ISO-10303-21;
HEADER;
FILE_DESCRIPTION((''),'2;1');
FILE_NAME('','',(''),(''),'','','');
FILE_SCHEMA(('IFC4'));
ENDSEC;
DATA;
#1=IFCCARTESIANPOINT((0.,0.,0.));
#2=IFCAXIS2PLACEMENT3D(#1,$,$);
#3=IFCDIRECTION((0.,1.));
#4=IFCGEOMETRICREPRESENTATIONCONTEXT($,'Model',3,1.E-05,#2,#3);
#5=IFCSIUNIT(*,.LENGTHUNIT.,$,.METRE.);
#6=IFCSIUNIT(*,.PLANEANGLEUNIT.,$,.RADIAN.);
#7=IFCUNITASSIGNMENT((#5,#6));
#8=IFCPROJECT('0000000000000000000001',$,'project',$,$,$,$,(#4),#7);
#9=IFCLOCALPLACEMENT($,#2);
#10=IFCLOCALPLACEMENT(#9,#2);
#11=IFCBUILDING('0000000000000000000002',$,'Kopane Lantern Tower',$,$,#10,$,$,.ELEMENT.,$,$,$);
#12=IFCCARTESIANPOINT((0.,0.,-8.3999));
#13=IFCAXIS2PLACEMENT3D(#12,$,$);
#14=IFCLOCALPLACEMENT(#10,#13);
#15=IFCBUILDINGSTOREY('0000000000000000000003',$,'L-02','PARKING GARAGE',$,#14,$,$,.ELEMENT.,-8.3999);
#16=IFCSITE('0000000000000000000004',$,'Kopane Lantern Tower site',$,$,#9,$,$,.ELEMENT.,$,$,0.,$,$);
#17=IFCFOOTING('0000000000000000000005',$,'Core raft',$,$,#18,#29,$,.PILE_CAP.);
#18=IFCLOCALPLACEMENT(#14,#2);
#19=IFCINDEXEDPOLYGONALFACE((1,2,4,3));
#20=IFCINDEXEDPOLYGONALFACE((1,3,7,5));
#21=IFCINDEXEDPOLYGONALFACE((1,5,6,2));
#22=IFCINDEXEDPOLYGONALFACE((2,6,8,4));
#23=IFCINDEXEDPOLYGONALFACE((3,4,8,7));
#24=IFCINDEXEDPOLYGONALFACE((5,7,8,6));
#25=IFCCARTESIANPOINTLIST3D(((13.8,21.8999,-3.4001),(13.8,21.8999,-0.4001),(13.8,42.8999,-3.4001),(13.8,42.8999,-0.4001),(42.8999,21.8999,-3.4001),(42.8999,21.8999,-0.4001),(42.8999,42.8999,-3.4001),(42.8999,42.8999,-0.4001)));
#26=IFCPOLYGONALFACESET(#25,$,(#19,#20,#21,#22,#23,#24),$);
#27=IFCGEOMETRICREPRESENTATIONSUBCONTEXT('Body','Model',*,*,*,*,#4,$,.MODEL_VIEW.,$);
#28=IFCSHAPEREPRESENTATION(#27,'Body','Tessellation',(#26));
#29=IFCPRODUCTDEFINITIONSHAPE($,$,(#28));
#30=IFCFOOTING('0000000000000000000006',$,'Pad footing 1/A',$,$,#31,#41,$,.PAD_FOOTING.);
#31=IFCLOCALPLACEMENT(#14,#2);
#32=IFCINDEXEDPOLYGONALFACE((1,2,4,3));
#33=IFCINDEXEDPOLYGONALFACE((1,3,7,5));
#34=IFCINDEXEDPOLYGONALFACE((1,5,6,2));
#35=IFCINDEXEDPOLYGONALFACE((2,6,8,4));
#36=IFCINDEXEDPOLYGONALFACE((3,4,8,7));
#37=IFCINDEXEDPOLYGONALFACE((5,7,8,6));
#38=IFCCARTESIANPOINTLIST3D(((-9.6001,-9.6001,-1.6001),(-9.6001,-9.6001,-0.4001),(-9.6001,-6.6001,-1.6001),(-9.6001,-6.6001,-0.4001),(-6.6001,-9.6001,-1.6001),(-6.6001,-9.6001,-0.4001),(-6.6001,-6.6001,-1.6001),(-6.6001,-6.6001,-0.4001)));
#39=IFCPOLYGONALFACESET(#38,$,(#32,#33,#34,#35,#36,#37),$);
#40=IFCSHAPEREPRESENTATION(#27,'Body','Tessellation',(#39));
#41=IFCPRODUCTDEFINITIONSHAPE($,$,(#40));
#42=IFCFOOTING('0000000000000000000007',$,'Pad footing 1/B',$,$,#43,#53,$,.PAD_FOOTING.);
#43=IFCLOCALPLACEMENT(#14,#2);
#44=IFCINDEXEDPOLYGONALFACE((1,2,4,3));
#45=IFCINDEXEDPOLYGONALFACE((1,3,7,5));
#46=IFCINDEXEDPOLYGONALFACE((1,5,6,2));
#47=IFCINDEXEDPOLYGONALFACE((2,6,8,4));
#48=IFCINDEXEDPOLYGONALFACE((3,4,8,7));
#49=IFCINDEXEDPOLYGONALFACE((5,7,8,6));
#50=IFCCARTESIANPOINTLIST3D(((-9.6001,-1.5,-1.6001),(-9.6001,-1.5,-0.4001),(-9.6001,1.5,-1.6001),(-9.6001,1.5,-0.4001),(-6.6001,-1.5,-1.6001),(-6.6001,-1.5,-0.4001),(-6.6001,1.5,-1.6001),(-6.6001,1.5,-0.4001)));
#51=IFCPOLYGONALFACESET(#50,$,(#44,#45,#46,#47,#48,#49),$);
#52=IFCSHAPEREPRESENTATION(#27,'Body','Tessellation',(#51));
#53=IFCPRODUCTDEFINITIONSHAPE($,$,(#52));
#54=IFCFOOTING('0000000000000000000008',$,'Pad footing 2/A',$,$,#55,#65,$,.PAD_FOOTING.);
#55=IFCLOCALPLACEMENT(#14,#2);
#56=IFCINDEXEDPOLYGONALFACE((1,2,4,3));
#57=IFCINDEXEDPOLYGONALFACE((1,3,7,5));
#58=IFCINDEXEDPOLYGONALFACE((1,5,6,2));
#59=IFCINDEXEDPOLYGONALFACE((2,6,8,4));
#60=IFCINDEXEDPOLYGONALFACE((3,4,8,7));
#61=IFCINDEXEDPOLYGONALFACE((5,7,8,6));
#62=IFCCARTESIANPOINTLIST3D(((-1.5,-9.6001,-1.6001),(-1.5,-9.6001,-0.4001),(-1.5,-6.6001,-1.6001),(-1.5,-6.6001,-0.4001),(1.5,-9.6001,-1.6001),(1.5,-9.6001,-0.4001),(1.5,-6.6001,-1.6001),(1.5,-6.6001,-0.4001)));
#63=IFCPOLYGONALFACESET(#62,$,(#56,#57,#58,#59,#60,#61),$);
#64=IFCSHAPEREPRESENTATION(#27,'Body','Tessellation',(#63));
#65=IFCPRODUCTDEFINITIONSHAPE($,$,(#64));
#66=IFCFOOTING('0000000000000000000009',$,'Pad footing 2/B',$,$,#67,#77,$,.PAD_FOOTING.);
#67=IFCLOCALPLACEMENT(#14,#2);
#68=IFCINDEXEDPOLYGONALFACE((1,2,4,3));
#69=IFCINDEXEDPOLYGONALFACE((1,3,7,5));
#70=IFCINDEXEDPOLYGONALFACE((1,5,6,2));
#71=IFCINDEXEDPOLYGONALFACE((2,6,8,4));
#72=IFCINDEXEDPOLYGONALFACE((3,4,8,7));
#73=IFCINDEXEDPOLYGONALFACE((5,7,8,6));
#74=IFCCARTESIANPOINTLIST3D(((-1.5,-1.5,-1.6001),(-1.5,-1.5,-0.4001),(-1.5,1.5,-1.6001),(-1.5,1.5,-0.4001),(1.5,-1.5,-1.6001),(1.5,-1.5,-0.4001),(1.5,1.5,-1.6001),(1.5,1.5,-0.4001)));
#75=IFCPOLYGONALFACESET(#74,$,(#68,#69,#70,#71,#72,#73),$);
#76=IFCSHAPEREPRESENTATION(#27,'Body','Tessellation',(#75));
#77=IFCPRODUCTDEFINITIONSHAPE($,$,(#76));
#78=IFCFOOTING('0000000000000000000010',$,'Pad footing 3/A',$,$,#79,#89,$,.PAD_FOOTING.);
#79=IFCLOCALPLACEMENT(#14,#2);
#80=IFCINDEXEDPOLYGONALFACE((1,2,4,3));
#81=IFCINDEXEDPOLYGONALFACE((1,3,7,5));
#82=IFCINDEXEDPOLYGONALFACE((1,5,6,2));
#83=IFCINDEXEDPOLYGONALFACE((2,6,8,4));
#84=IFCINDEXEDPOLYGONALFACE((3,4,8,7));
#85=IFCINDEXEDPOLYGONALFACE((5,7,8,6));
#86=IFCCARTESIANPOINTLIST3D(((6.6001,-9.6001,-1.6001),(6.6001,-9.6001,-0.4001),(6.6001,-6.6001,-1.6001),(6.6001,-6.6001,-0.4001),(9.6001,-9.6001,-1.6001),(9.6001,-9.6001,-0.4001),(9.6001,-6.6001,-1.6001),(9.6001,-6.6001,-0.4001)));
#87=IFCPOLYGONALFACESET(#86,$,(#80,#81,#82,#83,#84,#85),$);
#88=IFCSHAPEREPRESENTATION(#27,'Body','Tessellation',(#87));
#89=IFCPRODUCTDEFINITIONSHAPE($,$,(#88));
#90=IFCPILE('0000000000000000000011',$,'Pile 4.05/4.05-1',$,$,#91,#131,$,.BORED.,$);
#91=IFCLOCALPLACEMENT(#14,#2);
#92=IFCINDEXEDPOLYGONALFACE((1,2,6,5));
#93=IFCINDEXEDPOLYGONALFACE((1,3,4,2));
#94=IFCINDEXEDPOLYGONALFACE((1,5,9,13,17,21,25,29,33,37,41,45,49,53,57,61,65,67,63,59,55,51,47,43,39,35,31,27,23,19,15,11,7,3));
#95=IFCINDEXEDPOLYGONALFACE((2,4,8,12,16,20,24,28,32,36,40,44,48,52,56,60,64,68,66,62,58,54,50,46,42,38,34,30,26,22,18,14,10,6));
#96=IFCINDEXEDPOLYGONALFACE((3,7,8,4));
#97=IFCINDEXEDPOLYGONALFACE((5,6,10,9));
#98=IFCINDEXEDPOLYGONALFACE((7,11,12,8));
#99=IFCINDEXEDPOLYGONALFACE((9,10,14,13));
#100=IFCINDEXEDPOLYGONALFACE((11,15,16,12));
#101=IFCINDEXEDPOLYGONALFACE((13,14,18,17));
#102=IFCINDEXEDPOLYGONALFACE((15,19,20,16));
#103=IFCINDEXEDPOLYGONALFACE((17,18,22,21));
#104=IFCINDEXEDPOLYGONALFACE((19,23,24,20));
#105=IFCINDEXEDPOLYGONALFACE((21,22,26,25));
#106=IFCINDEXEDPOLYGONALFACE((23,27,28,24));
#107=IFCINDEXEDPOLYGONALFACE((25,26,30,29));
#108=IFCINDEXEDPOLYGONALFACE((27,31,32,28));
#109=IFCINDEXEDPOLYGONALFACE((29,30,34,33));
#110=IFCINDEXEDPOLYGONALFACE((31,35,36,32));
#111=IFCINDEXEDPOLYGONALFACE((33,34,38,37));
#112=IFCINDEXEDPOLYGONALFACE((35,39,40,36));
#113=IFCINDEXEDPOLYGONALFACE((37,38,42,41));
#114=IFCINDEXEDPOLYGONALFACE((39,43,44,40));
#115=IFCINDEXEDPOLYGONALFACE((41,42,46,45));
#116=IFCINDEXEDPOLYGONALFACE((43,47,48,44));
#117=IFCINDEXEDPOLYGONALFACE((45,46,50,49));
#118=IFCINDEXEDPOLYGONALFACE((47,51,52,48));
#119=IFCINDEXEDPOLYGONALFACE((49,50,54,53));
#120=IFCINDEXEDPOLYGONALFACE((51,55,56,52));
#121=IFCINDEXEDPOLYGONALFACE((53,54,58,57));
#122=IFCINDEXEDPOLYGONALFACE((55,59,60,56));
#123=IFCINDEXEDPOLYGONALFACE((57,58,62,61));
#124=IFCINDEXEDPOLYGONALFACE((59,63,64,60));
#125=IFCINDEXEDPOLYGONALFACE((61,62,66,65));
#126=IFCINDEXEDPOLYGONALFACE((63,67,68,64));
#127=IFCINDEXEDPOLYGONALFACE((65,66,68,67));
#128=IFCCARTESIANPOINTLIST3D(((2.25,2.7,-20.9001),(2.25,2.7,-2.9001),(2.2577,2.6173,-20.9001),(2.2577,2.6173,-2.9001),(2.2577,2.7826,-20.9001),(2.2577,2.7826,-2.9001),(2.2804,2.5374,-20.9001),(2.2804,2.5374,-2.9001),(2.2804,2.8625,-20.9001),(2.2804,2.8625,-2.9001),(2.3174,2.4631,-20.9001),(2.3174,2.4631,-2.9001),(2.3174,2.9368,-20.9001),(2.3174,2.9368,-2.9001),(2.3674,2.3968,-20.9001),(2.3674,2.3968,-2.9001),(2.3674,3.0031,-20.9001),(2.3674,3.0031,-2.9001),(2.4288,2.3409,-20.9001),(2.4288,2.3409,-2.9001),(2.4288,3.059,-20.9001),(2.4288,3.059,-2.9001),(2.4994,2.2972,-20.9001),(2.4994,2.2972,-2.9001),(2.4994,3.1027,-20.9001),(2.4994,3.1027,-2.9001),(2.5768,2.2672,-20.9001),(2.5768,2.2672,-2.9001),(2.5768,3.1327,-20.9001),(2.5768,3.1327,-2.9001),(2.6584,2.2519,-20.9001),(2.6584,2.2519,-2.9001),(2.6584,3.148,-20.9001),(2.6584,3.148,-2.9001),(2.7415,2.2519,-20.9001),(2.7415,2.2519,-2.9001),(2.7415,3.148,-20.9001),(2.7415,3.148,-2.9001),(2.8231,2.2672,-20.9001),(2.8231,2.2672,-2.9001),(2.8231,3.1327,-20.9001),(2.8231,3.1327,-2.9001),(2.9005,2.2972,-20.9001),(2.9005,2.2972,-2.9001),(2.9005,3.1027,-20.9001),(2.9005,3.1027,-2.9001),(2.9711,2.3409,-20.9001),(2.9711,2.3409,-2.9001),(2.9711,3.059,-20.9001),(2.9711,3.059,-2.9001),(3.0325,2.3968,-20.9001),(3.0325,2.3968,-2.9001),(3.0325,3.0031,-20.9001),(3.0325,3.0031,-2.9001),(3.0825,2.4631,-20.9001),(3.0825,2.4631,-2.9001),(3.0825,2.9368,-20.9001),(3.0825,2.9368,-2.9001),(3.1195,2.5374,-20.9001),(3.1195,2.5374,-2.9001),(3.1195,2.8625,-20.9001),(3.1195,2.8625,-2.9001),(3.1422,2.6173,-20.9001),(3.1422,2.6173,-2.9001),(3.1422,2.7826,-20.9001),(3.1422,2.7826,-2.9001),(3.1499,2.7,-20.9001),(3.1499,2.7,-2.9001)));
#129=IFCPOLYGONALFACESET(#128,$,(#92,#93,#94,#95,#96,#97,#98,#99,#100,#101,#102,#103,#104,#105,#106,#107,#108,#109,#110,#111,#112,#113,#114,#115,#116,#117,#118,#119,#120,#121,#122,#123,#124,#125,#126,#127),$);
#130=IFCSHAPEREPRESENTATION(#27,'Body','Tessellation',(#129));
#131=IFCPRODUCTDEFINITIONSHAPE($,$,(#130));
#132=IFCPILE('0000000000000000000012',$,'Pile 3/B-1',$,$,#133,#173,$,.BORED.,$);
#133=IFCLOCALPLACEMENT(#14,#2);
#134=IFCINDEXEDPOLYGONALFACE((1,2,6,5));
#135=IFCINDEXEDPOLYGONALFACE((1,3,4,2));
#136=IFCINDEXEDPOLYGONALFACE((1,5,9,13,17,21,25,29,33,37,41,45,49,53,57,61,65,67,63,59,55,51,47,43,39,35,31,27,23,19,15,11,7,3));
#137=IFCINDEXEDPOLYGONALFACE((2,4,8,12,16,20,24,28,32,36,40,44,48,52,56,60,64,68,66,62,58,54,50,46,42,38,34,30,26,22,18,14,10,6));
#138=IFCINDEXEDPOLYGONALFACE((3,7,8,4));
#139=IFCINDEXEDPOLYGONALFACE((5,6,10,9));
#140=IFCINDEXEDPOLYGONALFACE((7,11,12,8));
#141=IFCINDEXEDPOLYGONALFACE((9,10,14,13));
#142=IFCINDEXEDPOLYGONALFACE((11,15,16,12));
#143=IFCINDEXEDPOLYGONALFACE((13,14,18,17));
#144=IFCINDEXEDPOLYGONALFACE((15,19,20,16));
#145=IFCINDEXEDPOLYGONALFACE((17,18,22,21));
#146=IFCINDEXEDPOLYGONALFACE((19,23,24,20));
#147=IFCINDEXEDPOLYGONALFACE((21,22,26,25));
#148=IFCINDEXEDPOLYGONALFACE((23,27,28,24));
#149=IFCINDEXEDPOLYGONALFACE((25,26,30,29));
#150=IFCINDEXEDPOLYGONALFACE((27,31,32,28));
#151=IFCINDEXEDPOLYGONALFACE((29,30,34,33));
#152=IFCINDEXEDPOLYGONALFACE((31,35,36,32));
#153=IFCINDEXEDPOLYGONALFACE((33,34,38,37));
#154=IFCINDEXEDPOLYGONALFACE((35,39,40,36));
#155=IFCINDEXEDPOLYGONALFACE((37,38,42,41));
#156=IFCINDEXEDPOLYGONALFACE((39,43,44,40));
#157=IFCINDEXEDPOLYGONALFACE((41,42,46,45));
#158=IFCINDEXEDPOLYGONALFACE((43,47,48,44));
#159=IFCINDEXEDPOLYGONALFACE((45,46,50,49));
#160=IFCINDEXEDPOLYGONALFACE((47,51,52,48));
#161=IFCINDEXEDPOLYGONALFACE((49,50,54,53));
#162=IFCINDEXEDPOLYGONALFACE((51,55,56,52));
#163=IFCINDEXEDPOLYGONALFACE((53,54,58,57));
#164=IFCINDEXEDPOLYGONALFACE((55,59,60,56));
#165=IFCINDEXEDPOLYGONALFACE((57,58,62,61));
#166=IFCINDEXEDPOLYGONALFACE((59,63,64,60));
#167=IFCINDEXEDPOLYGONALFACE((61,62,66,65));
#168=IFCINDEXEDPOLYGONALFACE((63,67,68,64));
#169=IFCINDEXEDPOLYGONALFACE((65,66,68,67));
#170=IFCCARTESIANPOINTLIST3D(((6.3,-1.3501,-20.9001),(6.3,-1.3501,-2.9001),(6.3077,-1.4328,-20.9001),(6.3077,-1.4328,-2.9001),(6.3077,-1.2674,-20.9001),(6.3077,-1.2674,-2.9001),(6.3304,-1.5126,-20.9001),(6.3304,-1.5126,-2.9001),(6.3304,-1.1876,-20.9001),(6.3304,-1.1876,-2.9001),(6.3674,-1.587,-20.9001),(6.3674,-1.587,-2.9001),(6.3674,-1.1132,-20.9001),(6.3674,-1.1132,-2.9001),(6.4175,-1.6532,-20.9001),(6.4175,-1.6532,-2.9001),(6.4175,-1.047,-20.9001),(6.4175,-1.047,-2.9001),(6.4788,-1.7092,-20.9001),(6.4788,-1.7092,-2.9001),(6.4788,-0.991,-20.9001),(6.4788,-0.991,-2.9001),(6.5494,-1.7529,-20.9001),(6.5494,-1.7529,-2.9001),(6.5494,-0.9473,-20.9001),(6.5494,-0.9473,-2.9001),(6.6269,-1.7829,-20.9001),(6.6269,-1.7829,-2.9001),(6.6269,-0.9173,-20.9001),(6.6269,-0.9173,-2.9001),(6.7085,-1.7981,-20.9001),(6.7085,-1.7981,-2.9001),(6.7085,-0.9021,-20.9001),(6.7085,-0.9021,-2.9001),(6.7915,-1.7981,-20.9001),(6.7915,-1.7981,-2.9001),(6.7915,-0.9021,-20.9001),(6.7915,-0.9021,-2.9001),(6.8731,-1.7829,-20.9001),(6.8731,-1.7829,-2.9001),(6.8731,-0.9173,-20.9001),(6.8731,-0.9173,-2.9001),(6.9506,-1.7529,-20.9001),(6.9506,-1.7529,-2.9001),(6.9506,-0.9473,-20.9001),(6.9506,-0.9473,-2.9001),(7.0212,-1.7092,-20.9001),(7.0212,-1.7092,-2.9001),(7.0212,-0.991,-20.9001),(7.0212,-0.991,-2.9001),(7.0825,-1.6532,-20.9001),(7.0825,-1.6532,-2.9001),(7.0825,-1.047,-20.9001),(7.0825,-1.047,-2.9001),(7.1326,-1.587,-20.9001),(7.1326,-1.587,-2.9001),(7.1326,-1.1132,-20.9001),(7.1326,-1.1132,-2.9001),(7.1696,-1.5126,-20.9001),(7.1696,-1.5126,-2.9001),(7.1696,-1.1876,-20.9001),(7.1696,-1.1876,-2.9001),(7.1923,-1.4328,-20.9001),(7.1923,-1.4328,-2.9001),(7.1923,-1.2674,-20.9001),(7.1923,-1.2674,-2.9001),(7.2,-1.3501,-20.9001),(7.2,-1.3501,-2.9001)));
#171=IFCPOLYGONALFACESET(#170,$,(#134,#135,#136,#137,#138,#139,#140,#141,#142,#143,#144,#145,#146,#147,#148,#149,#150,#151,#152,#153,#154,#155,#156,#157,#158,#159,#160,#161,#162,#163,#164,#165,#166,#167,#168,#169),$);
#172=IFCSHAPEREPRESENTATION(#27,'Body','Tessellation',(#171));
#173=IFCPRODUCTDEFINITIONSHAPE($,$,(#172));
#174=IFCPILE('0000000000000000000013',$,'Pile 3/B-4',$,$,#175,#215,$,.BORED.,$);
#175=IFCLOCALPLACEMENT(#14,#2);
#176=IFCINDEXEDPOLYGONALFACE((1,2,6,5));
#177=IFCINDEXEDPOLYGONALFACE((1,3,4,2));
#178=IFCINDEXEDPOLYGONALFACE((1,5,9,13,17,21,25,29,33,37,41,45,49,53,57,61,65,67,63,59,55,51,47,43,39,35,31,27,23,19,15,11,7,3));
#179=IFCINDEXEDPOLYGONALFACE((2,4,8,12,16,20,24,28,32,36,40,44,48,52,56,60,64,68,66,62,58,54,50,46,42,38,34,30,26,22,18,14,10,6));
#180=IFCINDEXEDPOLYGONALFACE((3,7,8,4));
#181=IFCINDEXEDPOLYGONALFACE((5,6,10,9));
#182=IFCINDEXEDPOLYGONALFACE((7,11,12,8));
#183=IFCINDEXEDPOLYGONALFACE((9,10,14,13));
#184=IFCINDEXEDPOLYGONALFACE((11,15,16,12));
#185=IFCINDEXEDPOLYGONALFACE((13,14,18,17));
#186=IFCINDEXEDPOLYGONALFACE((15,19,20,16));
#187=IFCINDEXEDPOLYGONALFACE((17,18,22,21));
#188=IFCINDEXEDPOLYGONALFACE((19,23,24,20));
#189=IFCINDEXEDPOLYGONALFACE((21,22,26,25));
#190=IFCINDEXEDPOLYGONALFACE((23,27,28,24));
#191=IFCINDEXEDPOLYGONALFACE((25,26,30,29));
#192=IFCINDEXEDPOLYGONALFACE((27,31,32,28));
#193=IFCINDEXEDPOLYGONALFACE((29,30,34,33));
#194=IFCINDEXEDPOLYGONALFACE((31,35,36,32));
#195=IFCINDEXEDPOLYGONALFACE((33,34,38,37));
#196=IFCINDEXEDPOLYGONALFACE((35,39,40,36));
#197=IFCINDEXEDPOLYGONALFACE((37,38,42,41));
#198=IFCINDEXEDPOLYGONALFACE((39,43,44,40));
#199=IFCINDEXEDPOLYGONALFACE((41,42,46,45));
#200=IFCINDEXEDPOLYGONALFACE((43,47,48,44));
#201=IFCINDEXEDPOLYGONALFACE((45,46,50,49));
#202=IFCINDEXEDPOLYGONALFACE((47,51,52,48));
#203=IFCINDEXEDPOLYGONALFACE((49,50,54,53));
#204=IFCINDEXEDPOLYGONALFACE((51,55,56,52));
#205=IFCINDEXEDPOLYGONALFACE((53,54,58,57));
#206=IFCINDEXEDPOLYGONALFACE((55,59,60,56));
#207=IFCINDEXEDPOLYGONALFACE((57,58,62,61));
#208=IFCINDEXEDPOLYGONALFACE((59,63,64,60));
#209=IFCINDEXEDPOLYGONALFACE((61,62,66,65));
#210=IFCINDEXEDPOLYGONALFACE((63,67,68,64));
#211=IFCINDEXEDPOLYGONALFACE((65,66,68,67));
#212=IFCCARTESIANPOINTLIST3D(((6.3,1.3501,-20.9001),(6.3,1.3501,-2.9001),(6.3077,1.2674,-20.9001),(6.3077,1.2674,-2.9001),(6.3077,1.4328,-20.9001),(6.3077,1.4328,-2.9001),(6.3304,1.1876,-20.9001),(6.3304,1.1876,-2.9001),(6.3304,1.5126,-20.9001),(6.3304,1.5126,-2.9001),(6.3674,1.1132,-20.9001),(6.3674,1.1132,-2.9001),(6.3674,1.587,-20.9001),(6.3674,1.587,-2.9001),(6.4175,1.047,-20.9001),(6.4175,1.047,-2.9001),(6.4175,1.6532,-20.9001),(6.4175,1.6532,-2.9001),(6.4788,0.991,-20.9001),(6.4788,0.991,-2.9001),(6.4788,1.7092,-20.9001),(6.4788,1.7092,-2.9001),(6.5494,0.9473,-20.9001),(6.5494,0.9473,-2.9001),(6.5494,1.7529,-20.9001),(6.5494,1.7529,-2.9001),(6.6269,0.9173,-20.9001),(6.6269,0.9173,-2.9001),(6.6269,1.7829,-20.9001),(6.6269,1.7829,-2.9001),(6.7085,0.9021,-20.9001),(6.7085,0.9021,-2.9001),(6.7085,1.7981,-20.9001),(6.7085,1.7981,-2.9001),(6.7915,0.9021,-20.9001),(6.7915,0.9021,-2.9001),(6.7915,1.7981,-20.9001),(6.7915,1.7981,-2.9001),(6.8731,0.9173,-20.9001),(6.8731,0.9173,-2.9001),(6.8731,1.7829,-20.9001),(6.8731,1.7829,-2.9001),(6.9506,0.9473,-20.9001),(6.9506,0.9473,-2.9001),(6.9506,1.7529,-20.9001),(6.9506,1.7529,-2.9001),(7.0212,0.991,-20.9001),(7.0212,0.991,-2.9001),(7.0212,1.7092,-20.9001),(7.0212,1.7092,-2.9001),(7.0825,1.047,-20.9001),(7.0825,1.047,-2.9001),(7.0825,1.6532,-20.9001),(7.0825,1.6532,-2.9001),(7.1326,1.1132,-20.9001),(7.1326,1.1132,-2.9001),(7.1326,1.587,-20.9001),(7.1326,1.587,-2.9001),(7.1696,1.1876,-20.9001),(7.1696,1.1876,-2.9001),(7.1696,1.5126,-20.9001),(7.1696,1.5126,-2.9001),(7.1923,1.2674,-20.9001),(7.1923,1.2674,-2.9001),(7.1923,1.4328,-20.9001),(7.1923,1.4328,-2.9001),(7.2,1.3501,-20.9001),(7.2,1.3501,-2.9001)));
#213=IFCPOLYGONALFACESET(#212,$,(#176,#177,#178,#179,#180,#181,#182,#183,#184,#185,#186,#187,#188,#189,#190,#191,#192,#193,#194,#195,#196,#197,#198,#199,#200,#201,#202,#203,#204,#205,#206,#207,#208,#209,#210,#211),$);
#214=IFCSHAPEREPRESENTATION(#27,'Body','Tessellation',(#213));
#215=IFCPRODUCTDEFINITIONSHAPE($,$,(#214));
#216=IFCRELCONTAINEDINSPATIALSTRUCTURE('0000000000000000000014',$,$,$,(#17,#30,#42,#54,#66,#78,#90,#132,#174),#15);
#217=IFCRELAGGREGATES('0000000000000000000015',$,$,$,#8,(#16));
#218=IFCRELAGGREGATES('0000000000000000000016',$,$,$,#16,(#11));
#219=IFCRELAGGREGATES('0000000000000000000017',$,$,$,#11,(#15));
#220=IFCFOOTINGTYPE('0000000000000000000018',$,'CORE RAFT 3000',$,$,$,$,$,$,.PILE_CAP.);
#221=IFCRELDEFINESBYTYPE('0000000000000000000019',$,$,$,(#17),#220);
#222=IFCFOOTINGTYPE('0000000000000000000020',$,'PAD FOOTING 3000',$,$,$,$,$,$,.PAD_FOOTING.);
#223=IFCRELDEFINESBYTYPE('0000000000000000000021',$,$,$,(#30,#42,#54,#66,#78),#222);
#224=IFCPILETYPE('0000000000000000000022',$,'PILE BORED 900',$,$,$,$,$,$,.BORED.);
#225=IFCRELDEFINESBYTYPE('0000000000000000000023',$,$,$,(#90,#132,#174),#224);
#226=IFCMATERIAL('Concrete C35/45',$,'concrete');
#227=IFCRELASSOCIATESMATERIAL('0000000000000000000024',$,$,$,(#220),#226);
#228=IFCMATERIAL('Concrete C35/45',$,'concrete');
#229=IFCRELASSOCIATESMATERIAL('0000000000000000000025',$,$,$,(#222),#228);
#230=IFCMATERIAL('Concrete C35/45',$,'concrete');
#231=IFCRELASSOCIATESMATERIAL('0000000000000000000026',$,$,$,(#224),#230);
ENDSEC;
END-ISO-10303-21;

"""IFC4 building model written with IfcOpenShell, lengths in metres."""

from ifc_helpers import new_model, si_unit, direction, frame, origin, origin_2d, place, context, subcontext, project, spatial, polyline, rectangle, circle, outline, extrude, material, material_profile, profile_set, type_object, element, save


model = new_model("IFC4")

# Units and contexts
model_context = context("Model", 3, precision=1e-05, world=origin(), true_north=direction((0.0, 1.0)))
body_context = subcontext(model_context, "Body", "Model", "MODEL_VIEW")
ifc_project = project(units=[si_unit("LENGTHUNIT", "METRE"), si_unit("PLANEANGLEUNIT", "RADIAN")], contexts=[model_context])

# Site, building, storey
site_placement = place(None, origin())
site = spatial("IfcSite", under=ifc_project, at=site_placement, Name="Kopane Lantern Tower site", CompositionType="ELEMENT", RefElevation=0.0)
building_placement = place(site_placement, origin())
building = spatial("IfcBuilding", under=site, at=building_placement, Name="Kopane Lantern Tower", CompositionType="ELEMENT")
storey_placement = place(building_placement, frame((0.0, 0.0, -8.3999)))
storey = spatial("IfcBuildingStorey", under=building, at=storey_placement, Name="L-02", Description="PARKING GARAGE", CompositionType="ELEMENT", Elevation=-8.3999)

# Footings
ifc_material_1 = material(Name="Concrete C35/45", Category="concrete")
footing_type_1 = type_object("IfcFootingType", Name="CORE RAFT 3000", PredefinedType="PILE_CAP", material=ifc_material_1)
footing_1_placement = place(storey_placement, frame((0.0, 0.0, -3.4001)))
element("IfcFooting", 1, at=footing_1_placement, inside=storey, type_object=footing_type_1, Name="Core raft", PredefinedType="PILE_CAP", context=body_context, shape_type="SweptSolid", body=[
    extrude(outline(polyline([(13.8, 21.8999), (42.8999, 21.8999), (42.8999, 42.8999), (13.8, 42.8999), (13.8, 21.8999)])), origin(), (0.0, 0.0, 1.0), 3.0),
])
ifc_material_2 = material(Name="Concrete C35/45", Category="concrete")
footing_type_2 = type_object("IfcFootingType", Name="PAD FOOTING 3000", PredefinedType="PAD_FOOTING", material=ifc_material_2)
for number, where, z_axis, x_axis, name in (
    (2, (-8.1001, -8.1001, -1.6001), (0.0, 0.0, 1.0), (1.0, 0.0, 0.0), "Pad footing 1/A"),
    (3, (-8.1001, 0.0, -1.6001), (0.0, 0.0, 1.0), (1.0, 0.0, 0.0), "Pad footing 1/B"),
    (4, (0.0, -8.1001, -1.6001), (0.0, 0.0, 1.0), (1.0, 0.0, 0.0), "Pad footing 2/A"),
    (5, (0.0, 0.0, -1.6001), (0.0, 0.0, 1.0), (1.0, 0.0, 0.0), "Pad footing 2/B"),
    (6, (8.1001, -8.1001, -1.6001), (0.0, 0.0, 1.0), (1.0, 0.0, 0.0), "Pad footing 3/A"),
):
    element("IfcFooting", number, at=place(storey_placement, frame(where, z_axis=z_axis, x_axis=x_axis)), inside=storey, type_object=footing_type_2, Name=name, PredefinedType="PAD_FOOTING", context=body_context, shape_type="SweptSolid", body=[
        extrude(rectangle(XDim=3.0, YDim=3.0, at=origin_2d()), origin(), (0.0, 0.0, 1.0), 1.2),
    ])

# Piles
ifc_material_3 = material(Name="Concrete C35/45", Category="concrete")
ifc_material_profile_1 = material_profile(ifc_material_3, circle(Radius=0.45, at=origin_2d()), Name="D900")
ifc_profile_set_1 = profile_set([ifc_material_profile_1], Name="Concrete C35/45")
pile_type = type_object("IfcPileType", Name="PILE BORED 900", PredefinedType="BORED", material=ifc_profile_set_1)
for number, where, z_axis, x_axis, name in (
    (7, (2.7, 2.7, -2.9001), (0.0, 0.0, -1.0), (1.0, 0.0, 0.0), "Pile 4.05/4.05-1"),
    (8, (6.75, -1.3501, -2.9001), (0.0, 0.0, -1.0), (1.0, 0.0, 0.0), "Pile 3/B-1"),
    (9, (6.75, 1.3501, -2.9001), (0.0, 0.0, -1.0), (1.0, 0.0, 0.0), "Pile 3/B-4"),
):
    element("IfcPile", number, at=place(storey_placement, frame(where, z_axis=z_axis, x_axis=x_axis)), inside=storey, type_object=pile_type, Name=name, PredefinedType="BORED", context=body_context, shape_type="SweptSolid", body=[
        extrude(circle(Radius=0.45, at=origin_2d()), origin(), (0.0, 0.0, 1.0), 18.0),
    ])

save(model, "model.ifc")
